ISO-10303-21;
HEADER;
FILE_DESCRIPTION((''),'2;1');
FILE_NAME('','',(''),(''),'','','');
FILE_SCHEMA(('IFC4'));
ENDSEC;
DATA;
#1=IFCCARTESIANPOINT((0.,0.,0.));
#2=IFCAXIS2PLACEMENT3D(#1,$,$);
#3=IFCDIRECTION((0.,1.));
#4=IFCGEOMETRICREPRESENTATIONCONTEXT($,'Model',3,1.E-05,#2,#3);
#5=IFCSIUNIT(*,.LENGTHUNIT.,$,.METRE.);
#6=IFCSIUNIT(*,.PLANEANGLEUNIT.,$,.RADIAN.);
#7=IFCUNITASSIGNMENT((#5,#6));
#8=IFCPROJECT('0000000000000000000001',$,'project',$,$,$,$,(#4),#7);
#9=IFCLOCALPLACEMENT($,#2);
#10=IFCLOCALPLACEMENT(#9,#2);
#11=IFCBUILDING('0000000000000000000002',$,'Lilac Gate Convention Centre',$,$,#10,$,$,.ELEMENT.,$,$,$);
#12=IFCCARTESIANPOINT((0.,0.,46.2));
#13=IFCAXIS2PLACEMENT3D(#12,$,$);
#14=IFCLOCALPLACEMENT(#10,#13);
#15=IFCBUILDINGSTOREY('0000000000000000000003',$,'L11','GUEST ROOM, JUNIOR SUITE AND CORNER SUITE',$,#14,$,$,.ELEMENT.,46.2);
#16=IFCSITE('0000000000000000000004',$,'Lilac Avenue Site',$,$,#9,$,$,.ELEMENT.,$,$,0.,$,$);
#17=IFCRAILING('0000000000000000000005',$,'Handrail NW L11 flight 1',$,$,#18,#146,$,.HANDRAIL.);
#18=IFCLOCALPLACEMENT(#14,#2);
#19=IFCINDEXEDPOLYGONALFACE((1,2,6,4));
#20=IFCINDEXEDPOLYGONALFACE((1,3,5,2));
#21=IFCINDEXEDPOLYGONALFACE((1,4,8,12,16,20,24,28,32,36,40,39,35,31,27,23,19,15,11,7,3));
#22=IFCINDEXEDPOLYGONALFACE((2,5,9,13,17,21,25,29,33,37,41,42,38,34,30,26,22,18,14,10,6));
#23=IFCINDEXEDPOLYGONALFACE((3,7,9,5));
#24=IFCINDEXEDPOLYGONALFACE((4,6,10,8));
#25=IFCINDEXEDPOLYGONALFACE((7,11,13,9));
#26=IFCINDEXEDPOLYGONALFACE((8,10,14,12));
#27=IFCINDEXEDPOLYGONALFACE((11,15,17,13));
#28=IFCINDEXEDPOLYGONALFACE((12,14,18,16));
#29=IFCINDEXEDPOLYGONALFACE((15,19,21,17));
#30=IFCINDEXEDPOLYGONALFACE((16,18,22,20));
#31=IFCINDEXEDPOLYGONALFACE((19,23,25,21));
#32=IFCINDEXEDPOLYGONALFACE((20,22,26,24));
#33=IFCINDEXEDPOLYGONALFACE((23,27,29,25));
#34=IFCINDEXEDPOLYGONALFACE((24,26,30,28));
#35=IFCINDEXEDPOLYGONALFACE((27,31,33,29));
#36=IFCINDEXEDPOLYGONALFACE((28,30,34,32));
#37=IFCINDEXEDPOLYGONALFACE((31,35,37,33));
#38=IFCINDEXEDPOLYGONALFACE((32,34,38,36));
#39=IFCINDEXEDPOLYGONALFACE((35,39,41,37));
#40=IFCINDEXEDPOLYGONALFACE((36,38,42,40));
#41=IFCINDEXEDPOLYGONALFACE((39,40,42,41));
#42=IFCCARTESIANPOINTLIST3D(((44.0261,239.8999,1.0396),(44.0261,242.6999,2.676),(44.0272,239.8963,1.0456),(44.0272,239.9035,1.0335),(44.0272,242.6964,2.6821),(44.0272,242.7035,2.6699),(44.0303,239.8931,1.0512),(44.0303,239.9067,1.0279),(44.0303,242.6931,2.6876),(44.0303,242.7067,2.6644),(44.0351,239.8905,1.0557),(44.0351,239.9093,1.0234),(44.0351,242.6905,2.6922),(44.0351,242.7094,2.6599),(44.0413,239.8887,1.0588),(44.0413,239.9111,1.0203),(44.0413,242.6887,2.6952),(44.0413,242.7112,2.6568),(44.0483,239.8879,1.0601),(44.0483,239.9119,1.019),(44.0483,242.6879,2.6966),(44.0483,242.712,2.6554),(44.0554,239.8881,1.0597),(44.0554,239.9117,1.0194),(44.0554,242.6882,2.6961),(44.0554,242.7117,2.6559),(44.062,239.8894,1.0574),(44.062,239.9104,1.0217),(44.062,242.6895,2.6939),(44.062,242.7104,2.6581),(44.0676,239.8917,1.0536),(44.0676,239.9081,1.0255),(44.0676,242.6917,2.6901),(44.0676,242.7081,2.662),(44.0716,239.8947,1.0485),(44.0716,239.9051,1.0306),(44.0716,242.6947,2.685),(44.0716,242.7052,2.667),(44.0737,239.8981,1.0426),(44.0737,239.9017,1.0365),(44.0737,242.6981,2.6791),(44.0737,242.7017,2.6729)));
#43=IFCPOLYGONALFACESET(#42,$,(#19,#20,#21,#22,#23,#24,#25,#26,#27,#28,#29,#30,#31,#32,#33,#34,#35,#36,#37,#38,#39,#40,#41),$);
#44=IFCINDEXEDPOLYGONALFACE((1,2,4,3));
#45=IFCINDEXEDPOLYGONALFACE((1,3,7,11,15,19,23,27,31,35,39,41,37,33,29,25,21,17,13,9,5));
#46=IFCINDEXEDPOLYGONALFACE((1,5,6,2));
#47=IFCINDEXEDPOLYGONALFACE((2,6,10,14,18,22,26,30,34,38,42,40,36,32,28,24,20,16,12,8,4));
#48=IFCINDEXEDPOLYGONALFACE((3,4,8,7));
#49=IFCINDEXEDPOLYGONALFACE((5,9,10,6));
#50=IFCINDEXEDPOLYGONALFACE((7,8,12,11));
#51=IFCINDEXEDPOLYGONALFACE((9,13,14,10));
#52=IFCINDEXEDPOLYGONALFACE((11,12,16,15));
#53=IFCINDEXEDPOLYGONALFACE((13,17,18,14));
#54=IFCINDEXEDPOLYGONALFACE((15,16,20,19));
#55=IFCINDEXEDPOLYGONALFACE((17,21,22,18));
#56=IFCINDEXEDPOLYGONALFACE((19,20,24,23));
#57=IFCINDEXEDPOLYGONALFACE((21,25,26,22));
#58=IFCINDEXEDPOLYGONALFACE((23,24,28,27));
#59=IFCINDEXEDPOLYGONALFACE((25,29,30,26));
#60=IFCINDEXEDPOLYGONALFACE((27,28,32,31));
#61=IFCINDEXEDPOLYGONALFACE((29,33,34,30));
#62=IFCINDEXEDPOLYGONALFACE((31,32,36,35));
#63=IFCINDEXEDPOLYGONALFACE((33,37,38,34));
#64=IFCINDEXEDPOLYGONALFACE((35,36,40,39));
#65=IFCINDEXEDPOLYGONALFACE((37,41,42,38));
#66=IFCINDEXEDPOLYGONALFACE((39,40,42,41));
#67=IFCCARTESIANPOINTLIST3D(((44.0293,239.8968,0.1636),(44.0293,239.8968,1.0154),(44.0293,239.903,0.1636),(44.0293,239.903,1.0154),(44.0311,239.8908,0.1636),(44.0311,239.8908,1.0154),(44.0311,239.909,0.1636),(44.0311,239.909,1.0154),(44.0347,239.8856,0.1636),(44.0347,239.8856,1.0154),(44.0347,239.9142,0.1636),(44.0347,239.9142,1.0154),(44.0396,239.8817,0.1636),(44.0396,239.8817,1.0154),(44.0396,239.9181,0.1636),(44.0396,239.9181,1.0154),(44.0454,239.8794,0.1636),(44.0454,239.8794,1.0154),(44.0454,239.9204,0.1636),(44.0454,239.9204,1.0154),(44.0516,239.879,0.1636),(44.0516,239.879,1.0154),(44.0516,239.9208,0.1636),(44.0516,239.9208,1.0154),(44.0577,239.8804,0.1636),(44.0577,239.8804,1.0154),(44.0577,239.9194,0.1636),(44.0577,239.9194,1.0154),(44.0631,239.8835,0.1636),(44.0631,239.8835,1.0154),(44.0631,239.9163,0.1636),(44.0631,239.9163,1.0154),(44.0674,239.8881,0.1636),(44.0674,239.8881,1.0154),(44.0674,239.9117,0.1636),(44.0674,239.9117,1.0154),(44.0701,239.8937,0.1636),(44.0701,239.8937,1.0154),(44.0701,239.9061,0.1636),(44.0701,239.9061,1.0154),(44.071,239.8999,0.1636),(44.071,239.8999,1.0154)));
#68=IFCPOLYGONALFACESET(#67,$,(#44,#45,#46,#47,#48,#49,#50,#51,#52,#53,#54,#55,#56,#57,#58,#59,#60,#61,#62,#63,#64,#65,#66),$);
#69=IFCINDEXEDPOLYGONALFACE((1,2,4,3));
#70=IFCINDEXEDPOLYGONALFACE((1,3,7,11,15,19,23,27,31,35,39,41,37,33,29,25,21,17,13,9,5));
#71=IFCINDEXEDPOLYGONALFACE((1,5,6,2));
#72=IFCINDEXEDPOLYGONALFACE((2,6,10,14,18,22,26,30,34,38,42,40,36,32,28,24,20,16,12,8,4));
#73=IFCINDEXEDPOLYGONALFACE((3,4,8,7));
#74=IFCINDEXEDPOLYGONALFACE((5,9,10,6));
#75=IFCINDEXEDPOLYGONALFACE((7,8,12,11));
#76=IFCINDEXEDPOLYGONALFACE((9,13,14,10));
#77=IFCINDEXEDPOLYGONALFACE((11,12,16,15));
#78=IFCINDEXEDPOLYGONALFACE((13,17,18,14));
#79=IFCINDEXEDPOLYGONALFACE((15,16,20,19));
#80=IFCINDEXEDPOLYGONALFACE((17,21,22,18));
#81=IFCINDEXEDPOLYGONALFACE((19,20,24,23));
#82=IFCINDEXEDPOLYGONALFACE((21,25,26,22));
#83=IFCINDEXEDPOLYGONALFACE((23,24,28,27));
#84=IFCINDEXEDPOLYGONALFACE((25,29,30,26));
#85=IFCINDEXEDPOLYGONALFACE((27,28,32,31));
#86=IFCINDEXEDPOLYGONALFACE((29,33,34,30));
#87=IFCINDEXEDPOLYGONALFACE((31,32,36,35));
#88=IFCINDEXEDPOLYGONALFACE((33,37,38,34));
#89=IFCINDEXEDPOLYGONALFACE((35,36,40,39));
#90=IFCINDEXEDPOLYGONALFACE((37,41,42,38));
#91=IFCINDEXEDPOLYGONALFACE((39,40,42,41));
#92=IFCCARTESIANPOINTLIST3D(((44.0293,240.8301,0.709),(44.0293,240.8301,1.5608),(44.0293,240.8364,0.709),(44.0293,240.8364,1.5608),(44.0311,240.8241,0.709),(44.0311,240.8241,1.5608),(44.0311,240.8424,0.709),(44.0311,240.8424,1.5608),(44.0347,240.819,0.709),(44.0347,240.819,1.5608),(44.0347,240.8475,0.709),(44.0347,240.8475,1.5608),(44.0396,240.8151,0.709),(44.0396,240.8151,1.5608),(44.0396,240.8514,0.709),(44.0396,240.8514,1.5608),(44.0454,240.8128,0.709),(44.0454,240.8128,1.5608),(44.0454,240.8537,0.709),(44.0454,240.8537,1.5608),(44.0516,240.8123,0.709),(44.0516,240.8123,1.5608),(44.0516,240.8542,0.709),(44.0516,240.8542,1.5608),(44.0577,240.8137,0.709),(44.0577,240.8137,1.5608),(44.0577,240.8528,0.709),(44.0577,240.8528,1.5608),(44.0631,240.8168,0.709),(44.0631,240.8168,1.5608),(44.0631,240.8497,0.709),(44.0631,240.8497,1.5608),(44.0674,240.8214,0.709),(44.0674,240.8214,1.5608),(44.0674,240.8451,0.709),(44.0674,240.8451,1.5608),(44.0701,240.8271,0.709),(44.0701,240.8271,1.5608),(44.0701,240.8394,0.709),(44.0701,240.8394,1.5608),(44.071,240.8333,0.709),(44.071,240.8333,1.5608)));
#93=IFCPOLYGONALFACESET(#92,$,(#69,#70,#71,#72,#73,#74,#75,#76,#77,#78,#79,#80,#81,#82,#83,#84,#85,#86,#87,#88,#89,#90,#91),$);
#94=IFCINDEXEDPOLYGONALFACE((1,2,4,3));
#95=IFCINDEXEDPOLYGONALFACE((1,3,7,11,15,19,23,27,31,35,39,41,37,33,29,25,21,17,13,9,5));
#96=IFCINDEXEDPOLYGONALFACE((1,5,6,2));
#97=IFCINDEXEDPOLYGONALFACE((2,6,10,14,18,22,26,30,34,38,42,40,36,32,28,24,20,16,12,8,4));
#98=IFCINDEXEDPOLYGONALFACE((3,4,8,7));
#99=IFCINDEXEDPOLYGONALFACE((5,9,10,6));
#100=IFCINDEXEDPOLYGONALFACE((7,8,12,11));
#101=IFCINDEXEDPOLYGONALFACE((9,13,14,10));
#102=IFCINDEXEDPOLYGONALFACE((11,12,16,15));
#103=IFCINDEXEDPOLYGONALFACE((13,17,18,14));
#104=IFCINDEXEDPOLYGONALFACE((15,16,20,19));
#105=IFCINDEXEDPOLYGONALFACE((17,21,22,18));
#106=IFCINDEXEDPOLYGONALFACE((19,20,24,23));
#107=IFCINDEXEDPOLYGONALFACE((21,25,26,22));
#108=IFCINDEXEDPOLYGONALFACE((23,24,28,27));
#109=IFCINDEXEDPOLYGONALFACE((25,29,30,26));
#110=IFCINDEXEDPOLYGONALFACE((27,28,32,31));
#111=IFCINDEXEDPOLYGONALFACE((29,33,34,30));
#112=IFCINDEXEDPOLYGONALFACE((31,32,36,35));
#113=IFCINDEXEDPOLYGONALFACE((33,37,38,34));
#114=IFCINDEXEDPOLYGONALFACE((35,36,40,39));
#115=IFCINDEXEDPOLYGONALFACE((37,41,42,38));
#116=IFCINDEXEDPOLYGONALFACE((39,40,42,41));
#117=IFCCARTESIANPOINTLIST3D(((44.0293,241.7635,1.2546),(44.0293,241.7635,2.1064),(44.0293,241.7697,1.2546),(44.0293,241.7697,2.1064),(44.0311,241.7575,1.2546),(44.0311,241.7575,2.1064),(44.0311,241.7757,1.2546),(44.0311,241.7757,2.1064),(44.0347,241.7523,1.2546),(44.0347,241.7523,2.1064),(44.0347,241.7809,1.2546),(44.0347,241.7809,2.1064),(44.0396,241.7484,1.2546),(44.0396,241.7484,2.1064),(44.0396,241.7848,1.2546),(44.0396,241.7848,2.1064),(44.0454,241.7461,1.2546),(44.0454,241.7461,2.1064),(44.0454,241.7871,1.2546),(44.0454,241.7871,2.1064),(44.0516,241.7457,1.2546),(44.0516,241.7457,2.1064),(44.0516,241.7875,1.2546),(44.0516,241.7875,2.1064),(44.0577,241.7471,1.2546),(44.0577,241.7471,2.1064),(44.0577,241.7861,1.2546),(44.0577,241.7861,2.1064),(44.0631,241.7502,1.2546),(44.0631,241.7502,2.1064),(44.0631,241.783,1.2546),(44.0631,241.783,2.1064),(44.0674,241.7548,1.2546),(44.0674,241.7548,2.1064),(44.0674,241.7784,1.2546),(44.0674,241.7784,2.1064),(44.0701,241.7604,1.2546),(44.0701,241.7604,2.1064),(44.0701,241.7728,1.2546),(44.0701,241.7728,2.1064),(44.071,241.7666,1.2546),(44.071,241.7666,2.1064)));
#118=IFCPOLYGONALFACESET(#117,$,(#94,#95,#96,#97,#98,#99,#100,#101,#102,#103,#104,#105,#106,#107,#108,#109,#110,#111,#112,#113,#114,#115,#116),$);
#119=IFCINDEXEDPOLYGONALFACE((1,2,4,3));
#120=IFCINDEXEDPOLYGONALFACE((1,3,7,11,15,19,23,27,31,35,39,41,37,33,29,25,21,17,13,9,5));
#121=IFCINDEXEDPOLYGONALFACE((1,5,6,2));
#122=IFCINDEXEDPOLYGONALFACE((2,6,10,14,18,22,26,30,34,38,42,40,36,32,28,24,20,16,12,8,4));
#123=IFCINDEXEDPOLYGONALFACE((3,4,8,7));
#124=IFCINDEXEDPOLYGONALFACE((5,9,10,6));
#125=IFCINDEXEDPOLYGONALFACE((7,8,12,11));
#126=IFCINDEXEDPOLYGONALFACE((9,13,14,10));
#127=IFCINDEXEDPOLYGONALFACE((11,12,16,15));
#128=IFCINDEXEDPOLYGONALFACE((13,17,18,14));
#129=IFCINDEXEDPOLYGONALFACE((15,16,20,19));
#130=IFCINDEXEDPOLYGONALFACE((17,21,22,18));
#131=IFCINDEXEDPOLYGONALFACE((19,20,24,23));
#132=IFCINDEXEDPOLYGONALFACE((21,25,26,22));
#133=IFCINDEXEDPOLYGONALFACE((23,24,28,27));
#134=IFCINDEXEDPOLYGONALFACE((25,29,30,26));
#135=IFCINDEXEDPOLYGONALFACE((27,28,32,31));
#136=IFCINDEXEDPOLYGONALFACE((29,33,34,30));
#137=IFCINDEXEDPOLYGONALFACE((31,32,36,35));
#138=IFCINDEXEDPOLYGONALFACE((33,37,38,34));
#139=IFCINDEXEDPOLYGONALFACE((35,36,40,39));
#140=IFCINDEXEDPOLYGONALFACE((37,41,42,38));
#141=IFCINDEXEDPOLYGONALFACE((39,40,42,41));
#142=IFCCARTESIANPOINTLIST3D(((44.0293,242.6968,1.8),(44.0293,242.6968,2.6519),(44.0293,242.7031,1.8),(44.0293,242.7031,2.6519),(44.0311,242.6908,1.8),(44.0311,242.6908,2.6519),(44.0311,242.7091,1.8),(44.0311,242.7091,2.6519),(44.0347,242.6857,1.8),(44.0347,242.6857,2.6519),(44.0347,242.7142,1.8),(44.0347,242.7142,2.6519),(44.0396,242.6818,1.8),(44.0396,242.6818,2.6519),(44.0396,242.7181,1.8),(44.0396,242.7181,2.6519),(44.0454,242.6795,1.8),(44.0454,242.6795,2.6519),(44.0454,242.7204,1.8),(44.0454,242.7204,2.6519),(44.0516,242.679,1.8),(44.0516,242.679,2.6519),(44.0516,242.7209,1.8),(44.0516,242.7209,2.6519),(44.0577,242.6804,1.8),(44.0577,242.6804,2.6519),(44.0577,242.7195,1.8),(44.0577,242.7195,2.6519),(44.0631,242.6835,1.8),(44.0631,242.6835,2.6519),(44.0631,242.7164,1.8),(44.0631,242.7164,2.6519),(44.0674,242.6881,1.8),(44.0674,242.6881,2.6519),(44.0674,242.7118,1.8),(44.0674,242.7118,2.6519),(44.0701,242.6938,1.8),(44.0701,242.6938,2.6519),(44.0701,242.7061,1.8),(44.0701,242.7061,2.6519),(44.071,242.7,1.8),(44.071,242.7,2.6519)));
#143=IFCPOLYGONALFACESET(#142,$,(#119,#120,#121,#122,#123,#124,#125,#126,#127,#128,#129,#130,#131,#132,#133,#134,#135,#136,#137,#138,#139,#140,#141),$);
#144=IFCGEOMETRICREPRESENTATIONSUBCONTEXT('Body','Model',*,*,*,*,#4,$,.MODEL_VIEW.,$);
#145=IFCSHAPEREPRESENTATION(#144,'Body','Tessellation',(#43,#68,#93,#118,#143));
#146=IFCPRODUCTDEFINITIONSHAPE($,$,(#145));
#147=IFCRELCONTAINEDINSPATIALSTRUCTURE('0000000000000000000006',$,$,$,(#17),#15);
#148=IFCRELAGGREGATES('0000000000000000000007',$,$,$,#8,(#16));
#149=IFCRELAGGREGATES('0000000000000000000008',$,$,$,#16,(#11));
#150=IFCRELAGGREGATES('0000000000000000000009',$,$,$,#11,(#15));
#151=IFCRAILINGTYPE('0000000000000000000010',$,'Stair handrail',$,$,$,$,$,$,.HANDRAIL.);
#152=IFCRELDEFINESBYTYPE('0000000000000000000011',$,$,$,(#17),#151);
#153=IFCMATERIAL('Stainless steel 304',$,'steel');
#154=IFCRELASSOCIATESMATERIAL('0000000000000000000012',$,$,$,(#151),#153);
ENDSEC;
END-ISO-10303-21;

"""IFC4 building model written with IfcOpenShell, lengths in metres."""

from ifc_helpers import new_model, si_unit, direction, frame, origin, origin_2d, place, context, subcontext, project, spatial, circle, extrude, material, type_object, element, save


model = new_model("IFC4")

# Units and contexts
model_context = context("Model", 3, precision=1e-05, world=origin(), true_north=direction((0.0, 1.0)))
body_context = subcontext(model_context, "Body", "Model", "MODEL_VIEW")
ifc_project = project(units=[si_unit("LENGTHUNIT", "METRE"), si_unit("PLANEANGLEUNIT", "RADIAN")], contexts=[model_context])

# Site, building, storey
site_placement = place(None, origin())
site = spatial("IfcSite", under=ifc_project, at=site_placement, Name="Lilac Avenue Site", CompositionType="ELEMENT", RefElevation=0.0)
building_placement = place(site_placement, origin())
building = spatial("IfcBuilding", under=site, at=building_placement, Name="Lilac Gate Convention Centre", CompositionType="ELEMENT")
storey_placement = place(building_placement, frame((0.0, 0.0, 46.2)))
storey = spatial("IfcBuildingStorey", under=building, at=storey_placement, Name="L11", Description="GUEST ROOM, JUNIOR SUITE AND CORNER SUITE", CompositionType="ELEMENT", Elevation=46.2)

# Railing
ifc_material_1 = material(Name="Stainless steel 304", Category="steel")
railing_type = type_object("IfcRailingType", Name="Stair handrail", PredefinedType="HANDRAIL", material=ifc_material_1)
for number, where, name in (
    (1, (44.05, 239.8999, 0.1636), "Handrail NW L11 flight 1"),
):
    element("IfcRailing", number, at=place(storey_placement, frame(where)), inside=storey, type_object=railing_type, Name=name, PredefinedType="HANDRAIL", context=body_context, shape_type="SweptSolid", body=[
        extrude(circle(Radius=0.0239, at=origin_2d()), frame((0.0, 0.0, 0.876), z_axis=(0.0, 0.863361, 0.504587), x_axis=(-1.0, 0.0, 0.0)), (0.0, 0.0, 1.0), 3.2432),
        extrude(circle(Radius=0.021, at=origin_2d()), origin(), (0.0, 0.0, 1.0), 0.8518),
        extrude(circle(Radius=0.021, at=origin_2d()), frame((0.0, 0.9333, 0.5454)), (0.0, 0.0, 1.0), 0.8518),
        extrude(circle(Radius=0.021, at=origin_2d()), frame((0.0, 1.8667, 1.0911)), (0.0, 0.0, 1.0), 0.8518),
        extrude(circle(Radius=0.021, at=origin_2d()), frame((0.0, 2.8, 1.6365)), (0.0, 0.0, 1.0), 0.8518),
    ])

save(model, "model.ifc")
